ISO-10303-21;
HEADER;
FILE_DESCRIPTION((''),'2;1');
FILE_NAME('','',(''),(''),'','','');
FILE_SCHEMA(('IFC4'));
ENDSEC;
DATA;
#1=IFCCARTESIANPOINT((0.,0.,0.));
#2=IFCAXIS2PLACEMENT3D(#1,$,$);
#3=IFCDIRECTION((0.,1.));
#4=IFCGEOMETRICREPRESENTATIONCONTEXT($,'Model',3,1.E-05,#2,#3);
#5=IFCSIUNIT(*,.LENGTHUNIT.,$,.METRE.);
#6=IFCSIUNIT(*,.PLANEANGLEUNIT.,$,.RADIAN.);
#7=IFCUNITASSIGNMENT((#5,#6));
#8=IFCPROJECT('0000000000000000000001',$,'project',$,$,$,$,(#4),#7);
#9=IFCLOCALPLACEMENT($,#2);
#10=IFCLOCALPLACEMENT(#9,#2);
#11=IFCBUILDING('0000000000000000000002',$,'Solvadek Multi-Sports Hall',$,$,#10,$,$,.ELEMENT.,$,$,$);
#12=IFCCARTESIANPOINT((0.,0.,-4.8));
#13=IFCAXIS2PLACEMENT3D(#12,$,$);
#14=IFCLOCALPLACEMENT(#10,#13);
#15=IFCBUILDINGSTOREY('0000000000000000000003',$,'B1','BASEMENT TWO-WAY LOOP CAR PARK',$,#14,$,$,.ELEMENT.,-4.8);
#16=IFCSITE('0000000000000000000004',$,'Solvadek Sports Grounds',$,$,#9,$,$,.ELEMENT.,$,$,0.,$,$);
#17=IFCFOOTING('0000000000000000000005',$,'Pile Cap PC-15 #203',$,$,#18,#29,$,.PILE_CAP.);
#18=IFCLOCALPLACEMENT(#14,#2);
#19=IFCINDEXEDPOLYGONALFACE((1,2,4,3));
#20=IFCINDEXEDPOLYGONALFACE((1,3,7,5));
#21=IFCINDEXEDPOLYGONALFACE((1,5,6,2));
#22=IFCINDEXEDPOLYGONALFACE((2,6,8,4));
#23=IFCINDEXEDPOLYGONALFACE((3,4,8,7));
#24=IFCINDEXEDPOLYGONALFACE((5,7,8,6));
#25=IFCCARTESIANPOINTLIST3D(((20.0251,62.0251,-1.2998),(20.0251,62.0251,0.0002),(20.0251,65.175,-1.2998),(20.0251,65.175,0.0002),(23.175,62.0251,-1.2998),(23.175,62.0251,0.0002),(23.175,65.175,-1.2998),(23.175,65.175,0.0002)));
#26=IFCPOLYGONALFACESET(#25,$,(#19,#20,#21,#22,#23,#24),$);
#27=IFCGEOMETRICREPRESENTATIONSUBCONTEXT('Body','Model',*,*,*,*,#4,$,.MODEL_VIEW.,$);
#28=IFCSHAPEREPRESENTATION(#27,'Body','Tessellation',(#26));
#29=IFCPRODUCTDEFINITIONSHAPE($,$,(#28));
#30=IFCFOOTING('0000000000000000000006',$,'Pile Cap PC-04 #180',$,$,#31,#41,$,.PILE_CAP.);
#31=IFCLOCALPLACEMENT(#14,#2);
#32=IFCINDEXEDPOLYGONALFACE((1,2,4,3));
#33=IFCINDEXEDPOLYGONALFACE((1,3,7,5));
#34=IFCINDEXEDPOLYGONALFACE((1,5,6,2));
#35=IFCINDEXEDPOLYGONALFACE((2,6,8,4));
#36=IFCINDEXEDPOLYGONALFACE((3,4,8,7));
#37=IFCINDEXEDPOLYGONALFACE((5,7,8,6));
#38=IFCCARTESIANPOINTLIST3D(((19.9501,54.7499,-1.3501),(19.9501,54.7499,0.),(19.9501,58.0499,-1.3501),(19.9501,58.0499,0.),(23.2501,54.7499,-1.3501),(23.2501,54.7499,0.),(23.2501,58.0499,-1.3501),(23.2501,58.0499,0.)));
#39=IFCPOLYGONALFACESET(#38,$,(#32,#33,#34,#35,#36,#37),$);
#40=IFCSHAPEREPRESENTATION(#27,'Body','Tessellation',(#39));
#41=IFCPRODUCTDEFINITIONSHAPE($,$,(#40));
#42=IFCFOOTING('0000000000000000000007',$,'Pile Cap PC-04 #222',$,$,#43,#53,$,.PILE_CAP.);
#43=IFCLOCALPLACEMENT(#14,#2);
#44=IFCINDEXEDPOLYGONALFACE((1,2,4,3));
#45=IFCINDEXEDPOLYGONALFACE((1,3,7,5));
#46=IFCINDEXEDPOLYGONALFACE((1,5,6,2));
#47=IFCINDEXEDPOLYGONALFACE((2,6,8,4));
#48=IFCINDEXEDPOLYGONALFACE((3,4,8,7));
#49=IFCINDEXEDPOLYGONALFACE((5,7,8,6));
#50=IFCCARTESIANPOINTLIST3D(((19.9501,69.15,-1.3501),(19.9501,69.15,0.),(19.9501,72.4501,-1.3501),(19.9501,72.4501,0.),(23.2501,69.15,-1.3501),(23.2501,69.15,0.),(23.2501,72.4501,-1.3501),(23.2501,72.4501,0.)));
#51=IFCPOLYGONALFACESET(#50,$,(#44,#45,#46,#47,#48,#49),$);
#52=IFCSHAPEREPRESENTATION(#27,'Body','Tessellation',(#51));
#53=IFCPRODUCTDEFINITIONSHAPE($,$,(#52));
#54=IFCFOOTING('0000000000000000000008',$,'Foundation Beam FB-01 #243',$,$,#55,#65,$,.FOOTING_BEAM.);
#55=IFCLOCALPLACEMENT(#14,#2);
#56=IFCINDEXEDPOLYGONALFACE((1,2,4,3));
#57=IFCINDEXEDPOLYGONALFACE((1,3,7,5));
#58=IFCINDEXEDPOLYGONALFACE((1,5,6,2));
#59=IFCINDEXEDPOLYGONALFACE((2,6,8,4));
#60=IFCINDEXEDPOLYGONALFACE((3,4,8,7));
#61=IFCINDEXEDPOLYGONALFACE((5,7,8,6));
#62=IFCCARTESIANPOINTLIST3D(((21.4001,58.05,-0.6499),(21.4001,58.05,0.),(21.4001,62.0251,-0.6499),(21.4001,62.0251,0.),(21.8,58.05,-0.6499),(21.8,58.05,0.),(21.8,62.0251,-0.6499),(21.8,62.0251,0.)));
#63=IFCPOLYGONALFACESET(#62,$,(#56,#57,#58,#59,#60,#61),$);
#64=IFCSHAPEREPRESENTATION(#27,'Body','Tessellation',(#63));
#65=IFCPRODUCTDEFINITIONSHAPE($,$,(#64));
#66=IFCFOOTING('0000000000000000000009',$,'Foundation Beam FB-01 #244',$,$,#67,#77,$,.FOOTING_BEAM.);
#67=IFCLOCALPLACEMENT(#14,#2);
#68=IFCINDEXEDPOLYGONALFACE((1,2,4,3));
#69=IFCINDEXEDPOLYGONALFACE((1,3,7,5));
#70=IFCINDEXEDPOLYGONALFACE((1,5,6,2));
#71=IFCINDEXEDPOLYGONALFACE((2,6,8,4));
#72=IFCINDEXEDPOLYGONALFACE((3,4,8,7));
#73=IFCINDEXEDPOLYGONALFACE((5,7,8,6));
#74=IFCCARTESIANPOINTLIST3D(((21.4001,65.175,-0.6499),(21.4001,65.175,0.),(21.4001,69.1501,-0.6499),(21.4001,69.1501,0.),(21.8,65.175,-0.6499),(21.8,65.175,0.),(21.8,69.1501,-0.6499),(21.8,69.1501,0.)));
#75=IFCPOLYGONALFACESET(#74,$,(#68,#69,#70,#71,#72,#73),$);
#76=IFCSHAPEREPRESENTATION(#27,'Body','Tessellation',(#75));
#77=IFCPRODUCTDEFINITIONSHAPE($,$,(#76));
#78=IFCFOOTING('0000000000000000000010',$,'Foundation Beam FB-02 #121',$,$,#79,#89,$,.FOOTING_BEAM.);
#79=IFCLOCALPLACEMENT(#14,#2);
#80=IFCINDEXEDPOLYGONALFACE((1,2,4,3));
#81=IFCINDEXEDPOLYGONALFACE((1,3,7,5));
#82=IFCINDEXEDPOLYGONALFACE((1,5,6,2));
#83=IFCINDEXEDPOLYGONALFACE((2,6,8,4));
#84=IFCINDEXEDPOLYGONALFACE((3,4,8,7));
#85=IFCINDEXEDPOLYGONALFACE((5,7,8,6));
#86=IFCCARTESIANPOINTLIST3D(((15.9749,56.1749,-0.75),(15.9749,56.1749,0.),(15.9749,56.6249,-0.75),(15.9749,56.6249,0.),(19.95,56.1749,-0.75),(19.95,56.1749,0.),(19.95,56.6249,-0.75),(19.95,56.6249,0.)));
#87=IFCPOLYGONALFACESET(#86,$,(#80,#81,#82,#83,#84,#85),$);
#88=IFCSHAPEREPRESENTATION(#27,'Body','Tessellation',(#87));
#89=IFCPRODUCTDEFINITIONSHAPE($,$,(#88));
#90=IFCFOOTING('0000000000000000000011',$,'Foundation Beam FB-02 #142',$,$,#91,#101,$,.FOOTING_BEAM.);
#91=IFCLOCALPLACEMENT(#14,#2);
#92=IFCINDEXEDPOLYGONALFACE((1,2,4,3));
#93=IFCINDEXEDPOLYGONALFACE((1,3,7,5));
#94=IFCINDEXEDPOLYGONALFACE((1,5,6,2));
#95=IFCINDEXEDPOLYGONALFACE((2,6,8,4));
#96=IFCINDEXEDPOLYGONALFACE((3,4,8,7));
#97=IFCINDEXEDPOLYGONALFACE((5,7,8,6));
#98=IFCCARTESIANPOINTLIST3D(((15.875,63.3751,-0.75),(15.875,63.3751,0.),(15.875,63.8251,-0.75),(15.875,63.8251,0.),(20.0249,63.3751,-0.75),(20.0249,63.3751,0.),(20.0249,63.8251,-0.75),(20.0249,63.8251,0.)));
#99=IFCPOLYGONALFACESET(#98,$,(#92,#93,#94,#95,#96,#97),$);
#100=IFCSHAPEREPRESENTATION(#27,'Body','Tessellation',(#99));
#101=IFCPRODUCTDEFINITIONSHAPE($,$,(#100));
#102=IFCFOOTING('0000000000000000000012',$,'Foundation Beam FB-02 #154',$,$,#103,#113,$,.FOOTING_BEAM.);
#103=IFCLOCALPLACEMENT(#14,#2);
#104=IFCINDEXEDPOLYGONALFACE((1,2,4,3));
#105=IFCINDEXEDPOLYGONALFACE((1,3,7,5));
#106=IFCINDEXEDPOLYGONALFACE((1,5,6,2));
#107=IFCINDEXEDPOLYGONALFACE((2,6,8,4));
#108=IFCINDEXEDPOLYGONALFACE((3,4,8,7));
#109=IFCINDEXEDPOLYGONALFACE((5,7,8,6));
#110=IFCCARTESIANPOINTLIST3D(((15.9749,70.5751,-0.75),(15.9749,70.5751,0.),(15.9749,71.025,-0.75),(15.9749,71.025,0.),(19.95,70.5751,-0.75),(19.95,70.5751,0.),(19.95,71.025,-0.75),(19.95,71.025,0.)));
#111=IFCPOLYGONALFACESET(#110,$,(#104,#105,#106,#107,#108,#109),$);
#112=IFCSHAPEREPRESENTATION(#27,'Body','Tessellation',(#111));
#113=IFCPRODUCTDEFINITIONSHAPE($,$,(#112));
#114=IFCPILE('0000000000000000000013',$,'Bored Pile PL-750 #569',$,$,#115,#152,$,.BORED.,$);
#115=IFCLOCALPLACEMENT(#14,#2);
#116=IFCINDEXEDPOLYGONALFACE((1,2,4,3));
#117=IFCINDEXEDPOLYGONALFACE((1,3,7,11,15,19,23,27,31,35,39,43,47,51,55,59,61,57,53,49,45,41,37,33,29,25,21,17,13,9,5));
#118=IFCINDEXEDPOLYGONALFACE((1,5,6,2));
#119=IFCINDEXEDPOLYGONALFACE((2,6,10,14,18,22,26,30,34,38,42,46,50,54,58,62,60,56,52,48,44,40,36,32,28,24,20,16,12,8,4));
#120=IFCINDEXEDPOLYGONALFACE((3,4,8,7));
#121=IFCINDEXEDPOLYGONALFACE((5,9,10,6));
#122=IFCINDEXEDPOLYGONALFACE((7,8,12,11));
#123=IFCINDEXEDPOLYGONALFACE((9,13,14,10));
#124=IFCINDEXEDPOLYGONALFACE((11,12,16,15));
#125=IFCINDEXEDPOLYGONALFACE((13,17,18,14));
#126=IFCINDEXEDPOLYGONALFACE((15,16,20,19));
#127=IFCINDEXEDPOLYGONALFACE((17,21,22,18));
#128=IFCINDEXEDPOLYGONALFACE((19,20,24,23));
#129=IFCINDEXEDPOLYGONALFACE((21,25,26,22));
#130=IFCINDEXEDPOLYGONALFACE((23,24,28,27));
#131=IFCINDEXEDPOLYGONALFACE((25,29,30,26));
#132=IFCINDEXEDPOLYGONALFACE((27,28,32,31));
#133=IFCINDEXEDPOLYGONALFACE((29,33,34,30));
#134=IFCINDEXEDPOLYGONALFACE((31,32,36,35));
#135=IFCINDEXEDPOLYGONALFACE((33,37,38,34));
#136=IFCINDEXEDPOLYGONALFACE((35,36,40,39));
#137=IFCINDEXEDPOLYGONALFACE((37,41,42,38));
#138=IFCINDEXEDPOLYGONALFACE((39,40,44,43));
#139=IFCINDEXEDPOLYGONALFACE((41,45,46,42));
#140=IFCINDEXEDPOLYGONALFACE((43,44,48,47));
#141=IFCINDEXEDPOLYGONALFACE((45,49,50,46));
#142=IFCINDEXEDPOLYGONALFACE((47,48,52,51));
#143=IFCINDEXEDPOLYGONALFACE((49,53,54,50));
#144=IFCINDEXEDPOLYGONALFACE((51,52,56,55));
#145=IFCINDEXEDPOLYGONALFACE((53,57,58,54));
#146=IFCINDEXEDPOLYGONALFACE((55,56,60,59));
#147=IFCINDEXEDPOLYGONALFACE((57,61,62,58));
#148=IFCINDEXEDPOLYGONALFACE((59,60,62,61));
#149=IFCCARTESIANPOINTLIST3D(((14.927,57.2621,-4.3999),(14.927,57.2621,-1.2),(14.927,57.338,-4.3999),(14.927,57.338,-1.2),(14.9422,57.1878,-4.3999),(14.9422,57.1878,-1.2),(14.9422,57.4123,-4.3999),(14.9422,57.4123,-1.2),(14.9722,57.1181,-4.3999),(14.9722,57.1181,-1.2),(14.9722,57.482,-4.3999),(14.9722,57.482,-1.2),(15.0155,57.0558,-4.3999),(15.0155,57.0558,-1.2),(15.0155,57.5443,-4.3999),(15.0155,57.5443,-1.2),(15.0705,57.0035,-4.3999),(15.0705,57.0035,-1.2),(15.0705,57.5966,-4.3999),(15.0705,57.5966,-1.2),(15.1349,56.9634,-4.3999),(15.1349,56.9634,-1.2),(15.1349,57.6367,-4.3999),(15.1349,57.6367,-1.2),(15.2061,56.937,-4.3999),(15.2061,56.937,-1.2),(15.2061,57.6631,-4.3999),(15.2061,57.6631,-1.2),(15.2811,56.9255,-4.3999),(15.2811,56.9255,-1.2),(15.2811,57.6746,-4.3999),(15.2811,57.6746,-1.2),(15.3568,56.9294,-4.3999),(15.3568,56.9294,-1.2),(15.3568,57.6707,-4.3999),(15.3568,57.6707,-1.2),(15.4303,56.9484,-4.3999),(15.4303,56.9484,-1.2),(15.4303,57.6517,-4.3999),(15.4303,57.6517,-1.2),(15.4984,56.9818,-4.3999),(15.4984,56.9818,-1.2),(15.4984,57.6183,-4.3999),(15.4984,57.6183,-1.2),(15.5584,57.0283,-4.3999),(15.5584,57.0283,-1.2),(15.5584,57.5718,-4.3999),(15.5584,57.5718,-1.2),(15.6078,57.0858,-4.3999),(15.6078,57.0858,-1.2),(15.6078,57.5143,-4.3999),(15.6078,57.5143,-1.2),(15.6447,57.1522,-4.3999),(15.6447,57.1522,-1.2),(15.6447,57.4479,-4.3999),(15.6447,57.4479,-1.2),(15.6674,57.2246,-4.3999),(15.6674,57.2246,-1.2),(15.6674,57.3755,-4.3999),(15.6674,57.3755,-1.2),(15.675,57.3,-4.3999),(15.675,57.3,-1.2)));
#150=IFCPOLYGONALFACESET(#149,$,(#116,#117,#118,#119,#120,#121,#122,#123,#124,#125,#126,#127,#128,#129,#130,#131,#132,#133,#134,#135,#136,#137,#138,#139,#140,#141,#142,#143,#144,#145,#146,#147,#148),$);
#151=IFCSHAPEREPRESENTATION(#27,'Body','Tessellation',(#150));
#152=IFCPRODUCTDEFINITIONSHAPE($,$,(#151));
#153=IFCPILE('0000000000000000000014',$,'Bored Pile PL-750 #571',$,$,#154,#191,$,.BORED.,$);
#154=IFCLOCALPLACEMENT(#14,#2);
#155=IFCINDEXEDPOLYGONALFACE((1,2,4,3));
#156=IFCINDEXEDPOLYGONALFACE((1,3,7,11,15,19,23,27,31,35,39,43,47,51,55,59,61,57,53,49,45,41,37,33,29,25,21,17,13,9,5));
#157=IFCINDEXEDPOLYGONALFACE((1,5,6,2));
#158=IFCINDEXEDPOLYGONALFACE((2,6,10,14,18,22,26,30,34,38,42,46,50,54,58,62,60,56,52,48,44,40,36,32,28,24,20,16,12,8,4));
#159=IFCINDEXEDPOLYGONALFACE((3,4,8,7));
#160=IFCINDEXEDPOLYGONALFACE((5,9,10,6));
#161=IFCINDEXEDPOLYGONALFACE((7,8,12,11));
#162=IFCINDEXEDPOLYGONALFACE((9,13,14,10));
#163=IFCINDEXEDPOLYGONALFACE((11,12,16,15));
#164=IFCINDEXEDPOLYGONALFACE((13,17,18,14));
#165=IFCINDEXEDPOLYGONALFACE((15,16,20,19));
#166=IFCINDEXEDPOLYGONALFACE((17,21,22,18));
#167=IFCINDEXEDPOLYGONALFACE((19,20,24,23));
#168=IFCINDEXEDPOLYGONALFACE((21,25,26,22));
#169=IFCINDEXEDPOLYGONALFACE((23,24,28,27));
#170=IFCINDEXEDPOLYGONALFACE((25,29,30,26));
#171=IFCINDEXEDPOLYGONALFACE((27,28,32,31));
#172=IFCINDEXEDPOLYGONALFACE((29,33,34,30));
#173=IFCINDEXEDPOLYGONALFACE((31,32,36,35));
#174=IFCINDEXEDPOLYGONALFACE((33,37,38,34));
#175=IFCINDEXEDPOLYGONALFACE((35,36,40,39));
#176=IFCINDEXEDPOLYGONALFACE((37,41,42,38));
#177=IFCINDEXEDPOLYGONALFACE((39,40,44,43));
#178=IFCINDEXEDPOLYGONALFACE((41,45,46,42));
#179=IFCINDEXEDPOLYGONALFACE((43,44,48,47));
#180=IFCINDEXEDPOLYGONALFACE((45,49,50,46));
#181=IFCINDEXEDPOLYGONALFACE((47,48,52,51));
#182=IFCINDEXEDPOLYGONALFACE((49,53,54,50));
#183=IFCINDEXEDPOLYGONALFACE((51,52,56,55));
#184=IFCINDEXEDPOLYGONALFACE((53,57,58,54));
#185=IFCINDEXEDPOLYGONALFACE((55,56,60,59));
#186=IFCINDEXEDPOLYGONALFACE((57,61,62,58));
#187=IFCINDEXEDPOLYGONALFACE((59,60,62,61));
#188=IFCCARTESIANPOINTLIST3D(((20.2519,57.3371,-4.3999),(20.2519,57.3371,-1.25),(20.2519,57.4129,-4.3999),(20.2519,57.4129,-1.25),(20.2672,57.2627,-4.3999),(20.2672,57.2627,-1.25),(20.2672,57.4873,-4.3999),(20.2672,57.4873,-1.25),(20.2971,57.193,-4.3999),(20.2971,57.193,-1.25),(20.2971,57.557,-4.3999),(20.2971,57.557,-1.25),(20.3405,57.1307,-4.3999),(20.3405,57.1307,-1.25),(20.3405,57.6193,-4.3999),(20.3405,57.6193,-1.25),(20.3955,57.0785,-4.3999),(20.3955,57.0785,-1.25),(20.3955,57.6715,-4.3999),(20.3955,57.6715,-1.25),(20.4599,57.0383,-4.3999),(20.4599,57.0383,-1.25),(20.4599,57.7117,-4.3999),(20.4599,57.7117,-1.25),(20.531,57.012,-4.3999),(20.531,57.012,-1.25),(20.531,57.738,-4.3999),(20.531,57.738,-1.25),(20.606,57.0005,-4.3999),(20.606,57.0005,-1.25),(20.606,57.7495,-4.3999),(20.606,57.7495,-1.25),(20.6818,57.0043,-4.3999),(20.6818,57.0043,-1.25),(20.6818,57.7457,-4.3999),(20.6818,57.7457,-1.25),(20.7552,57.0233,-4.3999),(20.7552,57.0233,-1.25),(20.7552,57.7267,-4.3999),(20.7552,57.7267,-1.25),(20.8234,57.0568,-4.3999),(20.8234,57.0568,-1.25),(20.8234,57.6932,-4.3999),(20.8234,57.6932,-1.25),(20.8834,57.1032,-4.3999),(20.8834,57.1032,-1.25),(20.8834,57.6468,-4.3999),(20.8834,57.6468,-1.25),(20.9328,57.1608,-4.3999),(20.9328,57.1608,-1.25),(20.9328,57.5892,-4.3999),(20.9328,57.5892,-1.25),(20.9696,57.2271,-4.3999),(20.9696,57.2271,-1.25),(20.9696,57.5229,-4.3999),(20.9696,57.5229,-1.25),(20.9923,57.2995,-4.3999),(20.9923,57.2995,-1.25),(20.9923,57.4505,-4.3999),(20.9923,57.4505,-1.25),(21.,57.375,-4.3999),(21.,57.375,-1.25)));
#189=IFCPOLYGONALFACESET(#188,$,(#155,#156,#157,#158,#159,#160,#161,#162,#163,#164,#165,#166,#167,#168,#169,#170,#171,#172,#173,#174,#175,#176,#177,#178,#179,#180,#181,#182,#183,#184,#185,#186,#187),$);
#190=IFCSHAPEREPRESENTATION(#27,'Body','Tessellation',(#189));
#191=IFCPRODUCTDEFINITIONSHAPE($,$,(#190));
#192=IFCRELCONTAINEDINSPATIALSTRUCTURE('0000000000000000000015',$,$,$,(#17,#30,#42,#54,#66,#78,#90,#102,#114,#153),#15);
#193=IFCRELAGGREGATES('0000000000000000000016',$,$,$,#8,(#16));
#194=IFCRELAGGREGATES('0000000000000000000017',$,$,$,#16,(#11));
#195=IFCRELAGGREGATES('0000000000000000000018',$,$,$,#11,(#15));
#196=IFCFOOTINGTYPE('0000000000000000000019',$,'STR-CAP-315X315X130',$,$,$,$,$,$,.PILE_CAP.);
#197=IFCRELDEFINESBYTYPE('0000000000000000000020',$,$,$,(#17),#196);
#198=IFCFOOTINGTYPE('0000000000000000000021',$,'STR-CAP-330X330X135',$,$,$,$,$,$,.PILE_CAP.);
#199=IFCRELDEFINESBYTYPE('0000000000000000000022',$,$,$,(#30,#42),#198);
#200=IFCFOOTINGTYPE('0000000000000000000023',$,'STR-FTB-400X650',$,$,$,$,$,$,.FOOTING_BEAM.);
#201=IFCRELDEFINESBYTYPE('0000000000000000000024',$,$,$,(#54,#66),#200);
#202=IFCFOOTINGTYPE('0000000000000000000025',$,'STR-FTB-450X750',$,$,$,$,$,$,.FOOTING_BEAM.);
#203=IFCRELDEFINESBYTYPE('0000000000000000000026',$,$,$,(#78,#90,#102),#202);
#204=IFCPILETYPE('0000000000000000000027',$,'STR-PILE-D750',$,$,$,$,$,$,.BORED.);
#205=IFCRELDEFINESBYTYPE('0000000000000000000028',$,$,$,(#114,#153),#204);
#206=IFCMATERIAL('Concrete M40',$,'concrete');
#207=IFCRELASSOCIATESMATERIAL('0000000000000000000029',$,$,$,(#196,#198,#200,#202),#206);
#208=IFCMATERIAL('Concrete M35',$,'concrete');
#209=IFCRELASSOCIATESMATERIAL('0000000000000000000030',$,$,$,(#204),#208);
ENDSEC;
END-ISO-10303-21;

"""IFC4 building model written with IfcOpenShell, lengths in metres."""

from ifc_helpers import new_model, si_unit, direction, frame, origin, origin_2d, place, context, subcontext, project, spatial, rectangle, circle, extrude, material, material_profile, profile_set, type_object, element, save


model = new_model("IFC4")

# Units and contexts
model_context = context("Model", 3, precision=1e-05, world=origin(), true_north=direction((0.0, 1.0)))
body_context = subcontext(model_context, "Body", "Model", "MODEL_VIEW")
ifc_project = project(units=[si_unit("LENGTHUNIT", "METRE"), si_unit("PLANEANGLEUNIT", "RADIAN")], contexts=[model_context])

# Site, building, storey
site_placement = place(None, origin())
site = spatial("IfcSite", under=ifc_project, at=site_placement, Name="Solvadek Sports Grounds", CompositionType="ELEMENT", RefElevation=0.0)
building_placement = place(site_placement, origin())
building = spatial("IfcBuilding", under=site, at=building_placement, Name="Solvadek Multi-Sports Hall", CompositionType="ELEMENT")
storey_placement = place(building_placement, frame((0.0, 0.0, -4.8)))
storey = spatial("IfcBuildingStorey", under=building, at=storey_placement, Name="B1", Description="BASEMENT TWO-WAY LOOP CAR PARK", CompositionType="ELEMENT", Elevation=-4.8)

# Footings
ifc_material_1 = material(Name="Concrete M40", Category="concrete")
footing_type_1 = type_object("IfcFootingType", Name="STR-CAP-315X315X130", PredefinedType="PILE_CAP", material=ifc_material_1)
footing_1_placement = place(storey_placement, frame((21.6001, 63.6001, -1.2998), z_axis=(0.0, 0.0, 1.0), x_axis=(1.0, 0.0, 0.0)))
element("IfcFooting", 1, at=footing_1_placement, inside=storey, type_object=footing_type_1, Name="Pile Cap PC-15 #203", PredefinedType="PILE_CAP", context=body_context, shape_type="SweptSolid", body=[
    extrude(rectangle(XDim=3.1499, YDim=3.1499, at=origin_2d()), origin(), (0.0, 0.0, 1.0), 1.3),
])
footing_type_2 = type_object("IfcFootingType", Name="STR-CAP-330X330X135", PredefinedType="PILE_CAP", material=ifc_material_1)
for number, where, z_axis, x_axis, name in (
    (2, (21.6001, 56.3999, -1.3501), (0.0, 0.0, 1.0), (1.0, 0.0, 0.0), "Pile Cap PC-04 #180"),
    (3, (21.6001, 70.8, -1.3501), (0.0, 0.0, 1.0), (1.0, 0.0, 0.0), "Pile Cap PC-04 #222"),
):
    element("IfcFooting", number, at=place(storey_placement, frame(where, z_axis=z_axis, x_axis=x_axis)), inside=storey, type_object=footing_type_2, Name=name, PredefinedType="PILE_CAP", context=body_context, shape_type="SweptSolid", body=[
        extrude(rectangle(XDim=3.3, YDim=3.3, at=origin_2d()), origin(), (0.0, 0.0, 1.0), 1.3501),
    ])
footing_type_3 = type_object("IfcFootingType", Name="STR-FTB-400X650", PredefinedType="FOOTING_BEAM", material=ifc_material_1)
for number, where, z_axis, x_axis, name in (
    (4, (21.6001, 60.0376, -0.6499), (0.0, 0.0, 1.0), (0.0, 1.0, 0.0), "Foundation Beam FB-01 #243"),
    (5, (21.6001, 67.1626, -0.6499), (0.0, 0.0, 1.0), (0.0, 1.0, 0.0), "Foundation Beam FB-01 #244"),
):
    element("IfcFooting", number, at=place(storey_placement, frame(where, z_axis=z_axis, x_axis=x_axis)), inside=storey, type_object=footing_type_3, Name=name, PredefinedType="FOOTING_BEAM", context=body_context, shape_type="SweptSolid", body=[
        extrude(rectangle(XDim=3.9751, YDim=0.3999, at=origin_2d()), origin(), (0.0, 0.0, 1.0), 0.6499),
    ])
footing_type_4 = type_object("IfcFootingType", Name="STR-FTB-450X750", PredefinedType="FOOTING_BEAM", material=ifc_material_1)
footing_2_placement = place(storey_placement, frame((17.9624, 56.3999, -0.75), z_axis=(0.0, 0.0, 1.0), x_axis=(1.0, 0.0, 0.0)))
element("IfcFooting", 6, at=footing_2_placement, inside=storey, type_object=footing_type_4, Name="Foundation Beam FB-02 #121", PredefinedType="FOOTING_BEAM", context=body_context, shape_type="SweptSolid", body=[
    extrude(rectangle(XDim=3.9751, YDim=0.45, at=origin_2d()), origin(), (0.0, 0.0, 1.0), 0.75),
])
footing_3_placement = place(storey_placement, frame((17.95, 63.6001, -0.75), z_axis=(0.0, 0.0, 1.0), x_axis=(1.0, 0.0, 0.0)))
element("IfcFooting", 7, at=footing_3_placement, inside=storey, type_object=footing_type_4, Name="Foundation Beam FB-02 #142", PredefinedType="FOOTING_BEAM", context=body_context, shape_type="SweptSolid", body=[
    extrude(rectangle(XDim=4.1499, YDim=0.45, at=origin_2d()), origin(), (0.0, 0.0, 1.0), 0.75),
])
footing_4_placement = place(storey_placement, frame((17.9624, 70.8, -0.75), z_axis=(0.0, 0.0, 1.0), x_axis=(1.0, 0.0, 0.0)))
element("IfcFooting", 8, at=footing_4_placement, inside=storey, type_object=footing_type_4, Name="Foundation Beam FB-02 #154", PredefinedType="FOOTING_BEAM", context=body_context, shape_type="SweptSolid", body=[
    extrude(rectangle(XDim=3.9751, YDim=0.45, at=origin_2d()), origin(), (0.0, 0.0, 1.0), 0.75),
])

# Piles
ifc_material_2 = material(Name="Concrete M35", Category="concrete")
ifc_material_profile_1 = material_profile(ifc_material_2, circle(Radius=0.375, at=origin_2d()), Name="BORED PILE D750")
ifc_profile_set_1 = profile_set([ifc_material_profile_1], Name="Concrete M35")
pile_type = type_object("IfcPileType", Name="STR-PILE-D750", PredefinedType="BORED", material=ifc_profile_set_1)
pile_1_placement = place(storey_placement, frame((15.3, 57.3, -1.2), z_axis=(0.0, 0.0, -1.0), x_axis=(1.0, 0.0, 0.0)))
element("IfcPile", 9, at=pile_1_placement, inside=storey, type_object=pile_type, Name="Bored Pile PL-750 #569", PredefinedType="BORED", context=body_context, shape_type="SweptSolid", body=[
    extrude(circle(Radius=0.375, at=origin_2d()), origin(), (0.0, 0.0, 1.0), 3.2),
])
for number, where, z_axis, x_axis, name in (
    (10, (20.625, 57.375, -1.25), (0.0, 0.0, -1.0), (1.0, 0.0, 0.0), "Bored Pile PL-750 #571"),
):
    element("IfcPile", number, at=place(storey_placement, frame(where, z_axis=z_axis, x_axis=x_axis)), inside=storey, type_object=pile_type, Name=name, PredefinedType="BORED", context=body_context, shape_type="SweptSolid", body=[
        extrude(circle(Radius=0.375, at=origin_2d()), origin(), (0.0, 0.0, 1.0), 3.1499),
    ])

save(model, "model.ifc")
